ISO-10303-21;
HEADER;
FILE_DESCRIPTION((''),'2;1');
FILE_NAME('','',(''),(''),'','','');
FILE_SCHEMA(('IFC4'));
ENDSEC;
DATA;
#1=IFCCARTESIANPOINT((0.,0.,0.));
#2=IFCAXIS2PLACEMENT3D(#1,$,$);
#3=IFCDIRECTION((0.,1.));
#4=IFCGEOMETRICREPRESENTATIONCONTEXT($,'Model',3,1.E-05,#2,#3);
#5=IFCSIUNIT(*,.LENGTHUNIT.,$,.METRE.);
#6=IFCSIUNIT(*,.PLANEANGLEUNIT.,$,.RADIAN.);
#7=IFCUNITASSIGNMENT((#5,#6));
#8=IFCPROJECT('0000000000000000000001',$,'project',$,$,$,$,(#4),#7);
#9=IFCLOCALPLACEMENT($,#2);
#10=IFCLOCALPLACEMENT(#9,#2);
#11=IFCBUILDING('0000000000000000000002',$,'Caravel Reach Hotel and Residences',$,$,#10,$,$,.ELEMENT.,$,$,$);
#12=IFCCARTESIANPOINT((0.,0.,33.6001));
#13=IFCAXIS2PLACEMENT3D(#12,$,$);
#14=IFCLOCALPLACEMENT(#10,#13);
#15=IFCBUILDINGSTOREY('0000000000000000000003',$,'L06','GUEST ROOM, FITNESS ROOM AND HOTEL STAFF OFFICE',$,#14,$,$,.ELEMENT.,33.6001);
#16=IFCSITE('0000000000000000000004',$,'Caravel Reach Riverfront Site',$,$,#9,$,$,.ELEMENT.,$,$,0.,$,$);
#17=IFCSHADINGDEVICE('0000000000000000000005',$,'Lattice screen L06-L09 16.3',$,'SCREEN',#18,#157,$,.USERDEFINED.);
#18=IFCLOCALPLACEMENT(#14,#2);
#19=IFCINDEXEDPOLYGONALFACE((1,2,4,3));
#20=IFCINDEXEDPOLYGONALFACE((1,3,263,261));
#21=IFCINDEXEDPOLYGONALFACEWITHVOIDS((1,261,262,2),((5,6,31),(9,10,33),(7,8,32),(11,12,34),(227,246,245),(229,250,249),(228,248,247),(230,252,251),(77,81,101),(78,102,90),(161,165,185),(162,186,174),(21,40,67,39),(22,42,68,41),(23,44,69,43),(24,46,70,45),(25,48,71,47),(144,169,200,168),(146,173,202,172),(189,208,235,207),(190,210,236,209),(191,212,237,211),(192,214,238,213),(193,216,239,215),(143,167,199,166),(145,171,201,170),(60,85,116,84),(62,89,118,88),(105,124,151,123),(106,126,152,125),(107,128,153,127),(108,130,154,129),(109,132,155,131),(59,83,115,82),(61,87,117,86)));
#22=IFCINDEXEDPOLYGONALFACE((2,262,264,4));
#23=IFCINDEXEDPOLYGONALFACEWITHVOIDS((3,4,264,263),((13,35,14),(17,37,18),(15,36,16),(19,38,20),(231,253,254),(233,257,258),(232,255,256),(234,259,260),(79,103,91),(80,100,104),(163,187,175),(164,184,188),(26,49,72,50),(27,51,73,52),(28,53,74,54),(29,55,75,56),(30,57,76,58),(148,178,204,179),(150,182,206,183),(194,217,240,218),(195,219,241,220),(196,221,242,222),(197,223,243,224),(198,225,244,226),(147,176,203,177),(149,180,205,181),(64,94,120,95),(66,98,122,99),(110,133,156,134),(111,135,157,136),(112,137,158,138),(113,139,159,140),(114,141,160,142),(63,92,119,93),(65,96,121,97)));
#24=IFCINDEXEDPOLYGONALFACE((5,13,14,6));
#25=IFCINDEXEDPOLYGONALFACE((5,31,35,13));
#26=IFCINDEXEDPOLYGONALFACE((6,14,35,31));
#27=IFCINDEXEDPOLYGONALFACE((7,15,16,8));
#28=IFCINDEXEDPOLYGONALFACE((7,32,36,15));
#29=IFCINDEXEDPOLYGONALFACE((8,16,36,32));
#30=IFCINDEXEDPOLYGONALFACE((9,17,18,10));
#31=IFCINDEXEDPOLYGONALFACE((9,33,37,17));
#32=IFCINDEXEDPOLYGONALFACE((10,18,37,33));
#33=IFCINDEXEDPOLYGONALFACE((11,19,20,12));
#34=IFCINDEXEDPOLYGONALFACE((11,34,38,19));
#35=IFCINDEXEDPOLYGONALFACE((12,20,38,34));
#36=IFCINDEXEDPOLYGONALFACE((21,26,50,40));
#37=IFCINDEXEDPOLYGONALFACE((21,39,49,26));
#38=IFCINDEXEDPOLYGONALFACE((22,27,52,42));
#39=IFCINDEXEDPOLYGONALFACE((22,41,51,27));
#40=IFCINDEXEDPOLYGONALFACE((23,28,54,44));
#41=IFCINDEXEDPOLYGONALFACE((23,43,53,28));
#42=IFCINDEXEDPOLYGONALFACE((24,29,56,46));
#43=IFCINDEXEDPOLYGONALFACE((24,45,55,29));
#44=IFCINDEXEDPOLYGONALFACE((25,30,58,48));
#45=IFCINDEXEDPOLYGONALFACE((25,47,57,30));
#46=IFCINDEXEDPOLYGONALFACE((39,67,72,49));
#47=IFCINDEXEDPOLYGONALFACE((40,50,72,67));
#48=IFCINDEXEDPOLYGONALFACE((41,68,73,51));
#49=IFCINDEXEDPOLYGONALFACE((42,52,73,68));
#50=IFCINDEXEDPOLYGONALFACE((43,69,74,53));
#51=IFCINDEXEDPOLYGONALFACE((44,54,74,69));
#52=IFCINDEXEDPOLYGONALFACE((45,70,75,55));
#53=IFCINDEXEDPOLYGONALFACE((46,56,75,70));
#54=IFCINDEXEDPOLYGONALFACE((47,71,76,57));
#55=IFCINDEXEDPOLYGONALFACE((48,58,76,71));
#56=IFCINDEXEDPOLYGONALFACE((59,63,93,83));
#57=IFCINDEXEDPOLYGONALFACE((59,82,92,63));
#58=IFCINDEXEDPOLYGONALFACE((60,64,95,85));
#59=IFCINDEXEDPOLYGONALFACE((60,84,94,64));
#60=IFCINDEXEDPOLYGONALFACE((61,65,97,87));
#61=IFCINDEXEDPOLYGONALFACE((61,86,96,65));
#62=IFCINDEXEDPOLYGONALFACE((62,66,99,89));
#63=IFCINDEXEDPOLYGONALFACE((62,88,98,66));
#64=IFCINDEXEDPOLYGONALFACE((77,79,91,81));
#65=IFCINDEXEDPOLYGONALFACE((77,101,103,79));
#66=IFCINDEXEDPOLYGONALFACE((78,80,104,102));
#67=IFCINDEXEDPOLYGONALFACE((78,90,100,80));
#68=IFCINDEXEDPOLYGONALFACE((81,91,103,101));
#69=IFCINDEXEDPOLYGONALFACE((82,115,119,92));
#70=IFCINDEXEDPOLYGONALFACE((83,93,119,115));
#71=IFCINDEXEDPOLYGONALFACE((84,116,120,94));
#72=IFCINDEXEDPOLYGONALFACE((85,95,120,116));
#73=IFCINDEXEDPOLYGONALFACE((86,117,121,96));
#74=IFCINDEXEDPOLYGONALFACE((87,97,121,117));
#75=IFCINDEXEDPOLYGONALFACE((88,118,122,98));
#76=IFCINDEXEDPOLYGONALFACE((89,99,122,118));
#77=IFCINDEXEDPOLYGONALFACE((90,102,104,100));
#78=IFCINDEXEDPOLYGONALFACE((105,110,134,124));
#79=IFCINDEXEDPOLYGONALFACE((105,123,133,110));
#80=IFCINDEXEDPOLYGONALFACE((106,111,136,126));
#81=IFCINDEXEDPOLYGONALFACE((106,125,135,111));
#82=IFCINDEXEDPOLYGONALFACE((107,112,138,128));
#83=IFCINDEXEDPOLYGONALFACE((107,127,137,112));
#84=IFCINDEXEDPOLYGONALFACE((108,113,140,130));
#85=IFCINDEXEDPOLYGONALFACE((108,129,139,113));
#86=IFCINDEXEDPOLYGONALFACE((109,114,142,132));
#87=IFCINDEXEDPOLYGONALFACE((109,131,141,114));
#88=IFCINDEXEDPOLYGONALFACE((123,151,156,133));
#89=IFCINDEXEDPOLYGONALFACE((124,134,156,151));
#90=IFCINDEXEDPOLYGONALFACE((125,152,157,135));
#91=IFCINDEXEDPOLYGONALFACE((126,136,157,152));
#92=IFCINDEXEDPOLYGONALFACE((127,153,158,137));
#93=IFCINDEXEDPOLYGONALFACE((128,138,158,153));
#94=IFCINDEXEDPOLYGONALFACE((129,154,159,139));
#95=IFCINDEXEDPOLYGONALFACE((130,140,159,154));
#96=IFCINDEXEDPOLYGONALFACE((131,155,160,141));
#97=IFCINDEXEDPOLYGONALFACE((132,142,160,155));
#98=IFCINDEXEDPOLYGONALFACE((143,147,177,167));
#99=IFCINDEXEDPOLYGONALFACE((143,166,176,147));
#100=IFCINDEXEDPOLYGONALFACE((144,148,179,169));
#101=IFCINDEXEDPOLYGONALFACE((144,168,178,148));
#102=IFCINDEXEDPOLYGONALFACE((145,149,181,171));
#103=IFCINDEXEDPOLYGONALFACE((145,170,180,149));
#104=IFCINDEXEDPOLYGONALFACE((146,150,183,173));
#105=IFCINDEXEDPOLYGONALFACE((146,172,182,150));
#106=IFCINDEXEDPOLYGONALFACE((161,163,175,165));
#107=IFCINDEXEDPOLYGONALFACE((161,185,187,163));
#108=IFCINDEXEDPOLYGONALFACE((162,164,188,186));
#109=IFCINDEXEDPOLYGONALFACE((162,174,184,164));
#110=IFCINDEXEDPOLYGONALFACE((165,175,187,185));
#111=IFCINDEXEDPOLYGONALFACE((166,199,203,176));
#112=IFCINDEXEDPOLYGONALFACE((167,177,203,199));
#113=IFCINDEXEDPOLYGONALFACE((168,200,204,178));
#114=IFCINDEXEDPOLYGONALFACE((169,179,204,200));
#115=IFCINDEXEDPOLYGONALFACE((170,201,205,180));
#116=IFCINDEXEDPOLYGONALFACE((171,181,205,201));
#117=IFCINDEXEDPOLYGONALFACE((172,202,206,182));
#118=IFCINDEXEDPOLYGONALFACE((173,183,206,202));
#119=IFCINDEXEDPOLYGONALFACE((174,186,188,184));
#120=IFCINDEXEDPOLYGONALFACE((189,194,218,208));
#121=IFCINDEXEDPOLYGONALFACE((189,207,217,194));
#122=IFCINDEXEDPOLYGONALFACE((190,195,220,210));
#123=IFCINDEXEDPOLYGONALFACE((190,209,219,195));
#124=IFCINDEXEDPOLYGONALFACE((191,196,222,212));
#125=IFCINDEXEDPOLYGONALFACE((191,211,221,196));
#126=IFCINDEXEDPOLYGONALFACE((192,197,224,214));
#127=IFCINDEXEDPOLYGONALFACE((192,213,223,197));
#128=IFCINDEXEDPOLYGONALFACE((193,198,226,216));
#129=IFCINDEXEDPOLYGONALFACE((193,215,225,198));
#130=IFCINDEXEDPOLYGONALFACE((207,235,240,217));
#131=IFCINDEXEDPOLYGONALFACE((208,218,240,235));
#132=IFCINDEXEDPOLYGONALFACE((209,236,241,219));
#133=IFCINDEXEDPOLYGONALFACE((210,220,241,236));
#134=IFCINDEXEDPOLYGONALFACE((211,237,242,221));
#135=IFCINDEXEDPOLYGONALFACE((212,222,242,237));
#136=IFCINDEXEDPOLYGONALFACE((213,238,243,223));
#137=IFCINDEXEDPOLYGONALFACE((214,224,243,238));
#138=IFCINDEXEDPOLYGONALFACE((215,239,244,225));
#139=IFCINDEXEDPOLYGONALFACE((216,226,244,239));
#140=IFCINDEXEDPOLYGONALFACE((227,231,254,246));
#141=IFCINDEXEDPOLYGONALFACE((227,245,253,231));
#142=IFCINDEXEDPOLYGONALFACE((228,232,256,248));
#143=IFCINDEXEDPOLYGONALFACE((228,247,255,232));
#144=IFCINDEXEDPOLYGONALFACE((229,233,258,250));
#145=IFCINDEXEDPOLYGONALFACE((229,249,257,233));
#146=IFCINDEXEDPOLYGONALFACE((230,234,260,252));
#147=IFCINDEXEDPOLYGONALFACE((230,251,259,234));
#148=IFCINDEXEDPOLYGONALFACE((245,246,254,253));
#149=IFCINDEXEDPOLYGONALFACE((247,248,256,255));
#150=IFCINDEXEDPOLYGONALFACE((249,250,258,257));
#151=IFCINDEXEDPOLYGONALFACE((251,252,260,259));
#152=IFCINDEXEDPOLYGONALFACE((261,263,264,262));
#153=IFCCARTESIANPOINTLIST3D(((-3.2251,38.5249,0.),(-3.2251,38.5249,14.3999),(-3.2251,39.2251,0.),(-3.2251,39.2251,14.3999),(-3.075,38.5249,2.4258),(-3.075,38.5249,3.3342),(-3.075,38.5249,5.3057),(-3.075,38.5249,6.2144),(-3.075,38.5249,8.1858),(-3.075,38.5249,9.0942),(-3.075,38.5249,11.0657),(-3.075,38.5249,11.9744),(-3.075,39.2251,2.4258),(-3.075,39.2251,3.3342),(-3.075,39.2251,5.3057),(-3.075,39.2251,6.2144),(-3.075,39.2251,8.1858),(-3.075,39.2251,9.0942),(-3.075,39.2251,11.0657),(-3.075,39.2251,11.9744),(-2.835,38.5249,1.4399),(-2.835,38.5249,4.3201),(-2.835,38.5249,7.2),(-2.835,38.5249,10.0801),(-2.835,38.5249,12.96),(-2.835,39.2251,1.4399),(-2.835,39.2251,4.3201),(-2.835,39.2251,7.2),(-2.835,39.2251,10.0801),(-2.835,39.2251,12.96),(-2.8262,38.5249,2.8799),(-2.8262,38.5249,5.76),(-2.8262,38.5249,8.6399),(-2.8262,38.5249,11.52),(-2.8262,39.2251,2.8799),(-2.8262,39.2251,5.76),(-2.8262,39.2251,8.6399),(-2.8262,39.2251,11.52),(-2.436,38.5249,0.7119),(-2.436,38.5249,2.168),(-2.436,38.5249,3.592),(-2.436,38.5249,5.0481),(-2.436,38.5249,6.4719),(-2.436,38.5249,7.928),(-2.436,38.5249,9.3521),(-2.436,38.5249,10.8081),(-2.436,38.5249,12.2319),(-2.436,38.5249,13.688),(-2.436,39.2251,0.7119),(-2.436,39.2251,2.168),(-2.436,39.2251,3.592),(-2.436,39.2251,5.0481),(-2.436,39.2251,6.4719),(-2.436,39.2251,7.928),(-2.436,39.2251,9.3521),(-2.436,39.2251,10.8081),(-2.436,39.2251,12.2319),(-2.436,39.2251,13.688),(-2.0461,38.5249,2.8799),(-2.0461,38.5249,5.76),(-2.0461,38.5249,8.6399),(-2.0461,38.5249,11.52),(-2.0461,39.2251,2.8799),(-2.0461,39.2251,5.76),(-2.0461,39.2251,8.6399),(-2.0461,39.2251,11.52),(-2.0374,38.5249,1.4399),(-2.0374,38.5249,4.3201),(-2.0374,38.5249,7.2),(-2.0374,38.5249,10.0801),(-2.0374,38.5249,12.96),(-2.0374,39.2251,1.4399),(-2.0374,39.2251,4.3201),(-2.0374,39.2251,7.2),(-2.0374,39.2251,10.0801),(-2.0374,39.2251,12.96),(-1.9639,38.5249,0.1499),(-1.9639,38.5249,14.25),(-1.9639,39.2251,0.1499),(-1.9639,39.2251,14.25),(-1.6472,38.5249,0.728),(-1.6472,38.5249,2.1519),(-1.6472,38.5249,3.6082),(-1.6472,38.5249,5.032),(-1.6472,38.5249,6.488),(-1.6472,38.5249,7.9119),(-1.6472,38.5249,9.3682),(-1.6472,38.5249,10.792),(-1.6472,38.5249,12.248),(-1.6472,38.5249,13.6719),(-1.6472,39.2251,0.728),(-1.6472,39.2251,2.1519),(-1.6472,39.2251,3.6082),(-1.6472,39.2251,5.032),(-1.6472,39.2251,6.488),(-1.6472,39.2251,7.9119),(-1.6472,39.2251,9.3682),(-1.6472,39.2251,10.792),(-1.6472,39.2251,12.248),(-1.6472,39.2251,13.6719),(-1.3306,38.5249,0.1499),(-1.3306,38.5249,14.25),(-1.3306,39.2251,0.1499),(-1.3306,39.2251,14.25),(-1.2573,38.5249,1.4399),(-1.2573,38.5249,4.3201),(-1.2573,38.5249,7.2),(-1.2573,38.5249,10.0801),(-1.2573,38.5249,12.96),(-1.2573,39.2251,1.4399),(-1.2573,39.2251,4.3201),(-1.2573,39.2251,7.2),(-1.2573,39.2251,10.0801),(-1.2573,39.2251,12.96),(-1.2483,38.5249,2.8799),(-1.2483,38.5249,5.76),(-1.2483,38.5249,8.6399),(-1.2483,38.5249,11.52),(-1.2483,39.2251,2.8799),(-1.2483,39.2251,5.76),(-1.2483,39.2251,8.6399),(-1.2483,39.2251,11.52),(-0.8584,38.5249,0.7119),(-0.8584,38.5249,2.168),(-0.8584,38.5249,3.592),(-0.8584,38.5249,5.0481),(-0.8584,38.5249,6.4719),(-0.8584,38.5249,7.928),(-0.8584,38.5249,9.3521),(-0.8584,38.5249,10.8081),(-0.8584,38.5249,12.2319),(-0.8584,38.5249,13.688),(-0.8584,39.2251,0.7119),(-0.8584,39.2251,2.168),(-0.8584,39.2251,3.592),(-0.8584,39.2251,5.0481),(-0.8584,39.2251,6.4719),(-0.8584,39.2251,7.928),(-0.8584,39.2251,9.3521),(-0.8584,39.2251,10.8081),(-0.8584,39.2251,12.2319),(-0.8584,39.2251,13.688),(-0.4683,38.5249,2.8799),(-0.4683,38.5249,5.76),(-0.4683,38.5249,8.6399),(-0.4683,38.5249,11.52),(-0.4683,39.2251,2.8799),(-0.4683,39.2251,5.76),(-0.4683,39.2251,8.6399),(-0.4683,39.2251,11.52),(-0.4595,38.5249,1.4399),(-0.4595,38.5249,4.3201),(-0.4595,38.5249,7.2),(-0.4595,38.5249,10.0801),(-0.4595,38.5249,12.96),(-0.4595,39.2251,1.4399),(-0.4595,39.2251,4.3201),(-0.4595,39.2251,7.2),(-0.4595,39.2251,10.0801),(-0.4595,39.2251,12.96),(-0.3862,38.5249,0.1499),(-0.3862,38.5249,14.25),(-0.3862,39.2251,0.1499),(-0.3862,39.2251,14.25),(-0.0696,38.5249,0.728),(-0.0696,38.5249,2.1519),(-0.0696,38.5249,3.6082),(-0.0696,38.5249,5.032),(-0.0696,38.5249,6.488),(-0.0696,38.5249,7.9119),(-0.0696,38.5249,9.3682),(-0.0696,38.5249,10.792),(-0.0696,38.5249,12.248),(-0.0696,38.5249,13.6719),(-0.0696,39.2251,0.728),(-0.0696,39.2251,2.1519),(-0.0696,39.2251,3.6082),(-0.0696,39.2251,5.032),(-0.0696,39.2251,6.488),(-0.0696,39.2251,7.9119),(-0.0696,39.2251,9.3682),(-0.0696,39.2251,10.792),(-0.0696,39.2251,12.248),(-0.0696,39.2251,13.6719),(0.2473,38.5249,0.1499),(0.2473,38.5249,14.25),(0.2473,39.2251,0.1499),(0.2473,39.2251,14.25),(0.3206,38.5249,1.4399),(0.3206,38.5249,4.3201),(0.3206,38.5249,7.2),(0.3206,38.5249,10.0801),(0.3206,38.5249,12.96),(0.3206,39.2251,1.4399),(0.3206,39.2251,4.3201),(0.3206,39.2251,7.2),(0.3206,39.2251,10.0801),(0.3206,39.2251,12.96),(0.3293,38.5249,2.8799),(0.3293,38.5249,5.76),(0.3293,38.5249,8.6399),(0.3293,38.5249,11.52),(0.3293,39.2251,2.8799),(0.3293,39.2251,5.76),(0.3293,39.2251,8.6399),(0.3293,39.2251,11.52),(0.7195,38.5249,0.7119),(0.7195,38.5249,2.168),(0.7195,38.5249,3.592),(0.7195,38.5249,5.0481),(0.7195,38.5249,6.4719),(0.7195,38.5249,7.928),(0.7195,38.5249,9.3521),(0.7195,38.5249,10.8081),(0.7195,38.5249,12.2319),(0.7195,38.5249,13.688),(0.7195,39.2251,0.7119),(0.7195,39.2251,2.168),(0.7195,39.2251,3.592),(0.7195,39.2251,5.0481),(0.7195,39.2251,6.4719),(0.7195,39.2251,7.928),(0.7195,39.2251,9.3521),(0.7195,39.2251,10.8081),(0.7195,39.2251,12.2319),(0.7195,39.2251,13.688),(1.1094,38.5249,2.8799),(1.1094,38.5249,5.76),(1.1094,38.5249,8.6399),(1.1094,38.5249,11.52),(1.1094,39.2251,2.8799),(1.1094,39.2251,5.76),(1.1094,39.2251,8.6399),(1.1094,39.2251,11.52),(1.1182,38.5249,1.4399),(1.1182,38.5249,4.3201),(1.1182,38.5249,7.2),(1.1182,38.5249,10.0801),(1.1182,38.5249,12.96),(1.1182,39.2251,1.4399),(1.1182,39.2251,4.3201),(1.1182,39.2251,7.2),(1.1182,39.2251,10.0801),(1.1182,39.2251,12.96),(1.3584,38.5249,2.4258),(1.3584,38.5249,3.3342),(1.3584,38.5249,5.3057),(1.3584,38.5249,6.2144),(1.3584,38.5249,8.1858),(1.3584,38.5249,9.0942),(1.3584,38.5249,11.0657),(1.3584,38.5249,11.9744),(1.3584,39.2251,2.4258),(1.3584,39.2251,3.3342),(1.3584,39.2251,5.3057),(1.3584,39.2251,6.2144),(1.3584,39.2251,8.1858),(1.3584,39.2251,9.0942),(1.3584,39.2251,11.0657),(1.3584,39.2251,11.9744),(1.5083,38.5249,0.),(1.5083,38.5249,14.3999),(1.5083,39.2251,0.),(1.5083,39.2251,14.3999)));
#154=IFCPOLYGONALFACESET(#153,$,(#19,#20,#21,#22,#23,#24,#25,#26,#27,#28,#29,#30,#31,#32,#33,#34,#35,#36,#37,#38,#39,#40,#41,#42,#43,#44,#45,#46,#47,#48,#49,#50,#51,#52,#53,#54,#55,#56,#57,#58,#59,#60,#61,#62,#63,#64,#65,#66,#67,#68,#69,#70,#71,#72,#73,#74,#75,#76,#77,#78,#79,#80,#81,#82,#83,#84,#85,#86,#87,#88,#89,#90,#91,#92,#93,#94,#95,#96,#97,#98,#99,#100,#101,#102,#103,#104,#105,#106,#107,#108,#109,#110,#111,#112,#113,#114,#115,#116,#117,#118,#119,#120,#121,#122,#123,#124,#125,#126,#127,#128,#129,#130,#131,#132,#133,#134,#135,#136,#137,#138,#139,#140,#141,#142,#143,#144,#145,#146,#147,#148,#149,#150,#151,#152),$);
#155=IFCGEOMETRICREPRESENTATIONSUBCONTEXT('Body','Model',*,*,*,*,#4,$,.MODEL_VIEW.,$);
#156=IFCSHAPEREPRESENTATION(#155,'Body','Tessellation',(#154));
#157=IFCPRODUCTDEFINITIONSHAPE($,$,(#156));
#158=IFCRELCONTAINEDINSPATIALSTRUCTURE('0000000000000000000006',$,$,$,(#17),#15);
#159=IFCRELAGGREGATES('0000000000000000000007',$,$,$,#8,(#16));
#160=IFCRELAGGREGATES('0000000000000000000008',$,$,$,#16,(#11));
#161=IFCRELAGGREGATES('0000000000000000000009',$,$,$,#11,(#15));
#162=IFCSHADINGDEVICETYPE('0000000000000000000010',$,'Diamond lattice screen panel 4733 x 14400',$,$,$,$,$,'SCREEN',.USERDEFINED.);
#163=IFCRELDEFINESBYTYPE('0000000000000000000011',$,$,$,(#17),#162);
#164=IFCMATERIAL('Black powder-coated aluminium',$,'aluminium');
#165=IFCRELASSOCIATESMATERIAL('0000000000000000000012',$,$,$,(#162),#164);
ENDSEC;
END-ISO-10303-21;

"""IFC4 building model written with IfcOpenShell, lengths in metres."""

from ifc_helpers import new_model, si_unit, direction, frame, origin, place, context, subcontext, project, spatial, polyline, outline, extrude, material, type_object, element, save


model = new_model("IFC4")

# Units and contexts
model_context = context("Model", 3, precision=1e-05, world=origin(), true_north=direction((0.0, 1.0)))
body_context = subcontext(model_context, "Body", "Model", "MODEL_VIEW")
ifc_project = project(units=[si_unit("LENGTHUNIT", "METRE"), si_unit("PLANEANGLEUNIT", "RADIAN")], contexts=[model_context])

# Site, building, storey
site_placement = place(None, origin())
site = spatial("IfcSite", under=ifc_project, at=site_placement, Name="Caravel Reach Riverfront Site", CompositionType="ELEMENT", RefElevation=0.0)
building_placement = place(site_placement, origin())
building = spatial("IfcBuilding", under=site, at=building_placement, Name="Caravel Reach Hotel and Residences", CompositionType="ELEMENT")
storey_placement = place(building_placement, frame((0.0, 0.0, 33.6001)))
storey = spatial("IfcBuildingStorey", under=building, at=storey_placement, Name="L06", Description="GUEST ROOM, FITNESS ROOM AND HOTEL STAFF OFFICE", CompositionType="ELEMENT", Elevation=33.6001)

# Shading device
ifc_material_1 = material(Name="Black powder-coated aluminium", Category="aluminium")
shading_device_type_1 = type_object("IfcShadingDeviceType", Name="Diamond lattice screen panel 4733 x 14400", ElementType="SCREEN", PredefinedType="USERDEFINED", material=ifc_material_1)
shading_device_1_placement = place(storey_placement, frame((1.5083, 38.5249, 0.0), z_axis=(0.0, 1.0, 0.0), x_axis=(-1.0, 0.0, 0.0)))
element("IfcShadingDevice", 1, at=shading_device_1_placement, inside=storey, type_object=shading_device_type_1, Name="Lattice screen L06-L09 16.3", ObjectType="SCREEN", PredefinedType="USERDEFINED", context=body_context, shape_type="SweptSolid", body=[
    extrude(outline(polyline([(0.0, 0.0), (4.7334, 0.0), (4.7334, 14.3999), (0.0, 14.3999), (0.0, 0.0)]), holes=[polyline([(0.3989, 2.8799), (0.1499, 3.3342), (0.1499, 2.4258), (0.3989, 2.8799)]), polyline([(0.3989, 5.76), (0.1499, 6.2144), (0.1499, 5.3057), (0.3989, 5.76)]), polyline([(0.3989, 8.6399), (0.1499, 9.0942), (0.1499, 8.1858), (0.3989, 8.6399)]), polyline([(0.3989, 11.52), (0.1499, 11.9744), (0.1499, 11.0657), (0.3989, 11.52)]), polyline([(0.7888, 2.168), (0.3901, 1.4399), (0.7888, 0.7119), (1.1877, 1.4399), (0.7888, 2.168)]), polyline([(0.7888, 5.0481), (0.3901, 4.3201), (0.7888, 3.592), (1.1877, 4.3201), (0.7888, 5.0481)]), polyline([(0.7888, 7.928), (0.3901, 7.2), (0.7888, 6.4719), (1.1877, 7.2), (0.7888, 7.928)]), polyline([(0.7888, 10.8081), (0.3901, 10.0801), (0.7888, 9.3521), (1.1877, 10.0801), (0.7888, 10.8081)]), polyline([(0.7888, 13.688), (0.3901, 12.96), (0.7888, 12.2319), (1.1877, 12.96), (0.7888, 13.688)]), polyline([(1.5779, 0.728), (1.261, 0.1499), (1.8945, 0.1499), (1.5779, 0.728)]), polyline([(1.5779, 3.6082), (1.179, 2.8799), (1.5779, 2.1519), (1.9766, 2.8799), (1.5779, 3.6082)]), polyline([(1.5779, 6.488), (1.179, 5.76), (1.5779, 5.032), (1.9766, 5.76), (1.5779, 6.488)]), polyline([(1.5779, 9.3682), (1.179, 8.6399), (1.5779, 7.9119), (1.9766, 8.6399), (1.5779, 9.3682)]), polyline([(1.5779, 12.248), (1.179, 11.52), (1.5779, 10.792), (1.9766, 11.52), (1.5779, 12.248)]), polyline([(1.5779, 13.6719), (1.8945, 14.25), (1.261, 14.25), (1.5779, 13.6719)]), polyline([(2.3667, 2.168), (1.9678, 1.4399), (2.3667, 0.7119), (2.7656, 1.4399), (2.3667, 2.168)]), polyline([(2.3667, 5.0481), (1.9678, 4.3201), (2.3667, 3.592), (2.7656, 4.3201), (2.3667, 5.0481)]), polyline([(2.3667, 7.928), (1.9678, 7.2), (2.3667, 6.4719), (2.7656, 7.2), (2.3667, 7.928)]), polyline([(2.3667, 10.8081), (1.9678, 10.0801), (2.3667, 9.3521), (2.7656, 10.0801), (2.3667, 10.8081)]), polyline([(2.3667, 13.688), (1.9678, 12.96), (2.3667, 12.2319), (2.7656, 12.96), (2.3667, 13.688)]), polyline([(3.1555, 0.728), (2.8389, 0.1499), (3.4722, 0.1499), (3.1555, 0.728)]), polyline([(3.1555, 3.6082), (2.7566, 2.8799), (3.1555, 2.1519), (3.5544, 2.8799), (3.1555, 3.6082)]), polyline([(3.1555, 6.488), (2.7566, 5.76), (3.1555, 5.032), (3.5544, 5.76), (3.1555, 6.488)]), polyline([(3.1555, 9.3682), (2.7566, 8.6399), (3.1555, 7.9119), (3.5544, 8.6399), (3.1555, 9.3682)]), polyline([(3.1555, 12.248), (2.7566, 11.52), (3.1555, 10.792), (3.5544, 11.52), (3.1555, 12.248)]), polyline([(3.1555, 13.6719), (3.4722, 14.25), (2.8389, 14.25), (3.1555, 13.6719)]), polyline([(3.9443, 2.168), (3.5457, 1.4399), (3.9443, 0.7119), (4.3433, 1.4399), (3.9443, 2.168)]), polyline([(3.9443, 5.0481), (3.5457, 4.3201), (3.9443, 3.592), (4.3433, 4.3201), (3.9443, 5.0481)]), polyline([(3.9443, 7.928), (3.5457, 7.2), (3.9443, 6.4719), (4.3433, 7.2), (3.9443, 7.928)]), polyline([(3.9443, 10.8081), (3.5457, 10.0801), (3.9443, 9.3521), (4.3433, 10.0801), (3.9443, 10.8081)]), polyline([(3.9443, 13.688), (3.5457, 12.96), (3.9443, 12.2319), (4.3433, 12.96), (3.9443, 13.688)]), polyline([(4.3345, 2.8799), (4.5833, 2.4258), (4.5833, 3.3342), (4.3345, 2.8799)]), polyline([(4.3345, 5.76), (4.5833, 5.3057), (4.5833, 6.2144), (4.3345, 5.76)]), polyline([(4.3345, 8.6399), (4.5833, 8.1858), (4.5833, 9.0942), (4.3345, 8.6399)]), polyline([(4.3345, 11.52), (4.5833, 11.0657), (4.5833, 11.9744), (4.3345, 11.52)])]), origin(), (0.0, 0.0, 1.0), 0.7002),
])

save(model, "model.ifc")
